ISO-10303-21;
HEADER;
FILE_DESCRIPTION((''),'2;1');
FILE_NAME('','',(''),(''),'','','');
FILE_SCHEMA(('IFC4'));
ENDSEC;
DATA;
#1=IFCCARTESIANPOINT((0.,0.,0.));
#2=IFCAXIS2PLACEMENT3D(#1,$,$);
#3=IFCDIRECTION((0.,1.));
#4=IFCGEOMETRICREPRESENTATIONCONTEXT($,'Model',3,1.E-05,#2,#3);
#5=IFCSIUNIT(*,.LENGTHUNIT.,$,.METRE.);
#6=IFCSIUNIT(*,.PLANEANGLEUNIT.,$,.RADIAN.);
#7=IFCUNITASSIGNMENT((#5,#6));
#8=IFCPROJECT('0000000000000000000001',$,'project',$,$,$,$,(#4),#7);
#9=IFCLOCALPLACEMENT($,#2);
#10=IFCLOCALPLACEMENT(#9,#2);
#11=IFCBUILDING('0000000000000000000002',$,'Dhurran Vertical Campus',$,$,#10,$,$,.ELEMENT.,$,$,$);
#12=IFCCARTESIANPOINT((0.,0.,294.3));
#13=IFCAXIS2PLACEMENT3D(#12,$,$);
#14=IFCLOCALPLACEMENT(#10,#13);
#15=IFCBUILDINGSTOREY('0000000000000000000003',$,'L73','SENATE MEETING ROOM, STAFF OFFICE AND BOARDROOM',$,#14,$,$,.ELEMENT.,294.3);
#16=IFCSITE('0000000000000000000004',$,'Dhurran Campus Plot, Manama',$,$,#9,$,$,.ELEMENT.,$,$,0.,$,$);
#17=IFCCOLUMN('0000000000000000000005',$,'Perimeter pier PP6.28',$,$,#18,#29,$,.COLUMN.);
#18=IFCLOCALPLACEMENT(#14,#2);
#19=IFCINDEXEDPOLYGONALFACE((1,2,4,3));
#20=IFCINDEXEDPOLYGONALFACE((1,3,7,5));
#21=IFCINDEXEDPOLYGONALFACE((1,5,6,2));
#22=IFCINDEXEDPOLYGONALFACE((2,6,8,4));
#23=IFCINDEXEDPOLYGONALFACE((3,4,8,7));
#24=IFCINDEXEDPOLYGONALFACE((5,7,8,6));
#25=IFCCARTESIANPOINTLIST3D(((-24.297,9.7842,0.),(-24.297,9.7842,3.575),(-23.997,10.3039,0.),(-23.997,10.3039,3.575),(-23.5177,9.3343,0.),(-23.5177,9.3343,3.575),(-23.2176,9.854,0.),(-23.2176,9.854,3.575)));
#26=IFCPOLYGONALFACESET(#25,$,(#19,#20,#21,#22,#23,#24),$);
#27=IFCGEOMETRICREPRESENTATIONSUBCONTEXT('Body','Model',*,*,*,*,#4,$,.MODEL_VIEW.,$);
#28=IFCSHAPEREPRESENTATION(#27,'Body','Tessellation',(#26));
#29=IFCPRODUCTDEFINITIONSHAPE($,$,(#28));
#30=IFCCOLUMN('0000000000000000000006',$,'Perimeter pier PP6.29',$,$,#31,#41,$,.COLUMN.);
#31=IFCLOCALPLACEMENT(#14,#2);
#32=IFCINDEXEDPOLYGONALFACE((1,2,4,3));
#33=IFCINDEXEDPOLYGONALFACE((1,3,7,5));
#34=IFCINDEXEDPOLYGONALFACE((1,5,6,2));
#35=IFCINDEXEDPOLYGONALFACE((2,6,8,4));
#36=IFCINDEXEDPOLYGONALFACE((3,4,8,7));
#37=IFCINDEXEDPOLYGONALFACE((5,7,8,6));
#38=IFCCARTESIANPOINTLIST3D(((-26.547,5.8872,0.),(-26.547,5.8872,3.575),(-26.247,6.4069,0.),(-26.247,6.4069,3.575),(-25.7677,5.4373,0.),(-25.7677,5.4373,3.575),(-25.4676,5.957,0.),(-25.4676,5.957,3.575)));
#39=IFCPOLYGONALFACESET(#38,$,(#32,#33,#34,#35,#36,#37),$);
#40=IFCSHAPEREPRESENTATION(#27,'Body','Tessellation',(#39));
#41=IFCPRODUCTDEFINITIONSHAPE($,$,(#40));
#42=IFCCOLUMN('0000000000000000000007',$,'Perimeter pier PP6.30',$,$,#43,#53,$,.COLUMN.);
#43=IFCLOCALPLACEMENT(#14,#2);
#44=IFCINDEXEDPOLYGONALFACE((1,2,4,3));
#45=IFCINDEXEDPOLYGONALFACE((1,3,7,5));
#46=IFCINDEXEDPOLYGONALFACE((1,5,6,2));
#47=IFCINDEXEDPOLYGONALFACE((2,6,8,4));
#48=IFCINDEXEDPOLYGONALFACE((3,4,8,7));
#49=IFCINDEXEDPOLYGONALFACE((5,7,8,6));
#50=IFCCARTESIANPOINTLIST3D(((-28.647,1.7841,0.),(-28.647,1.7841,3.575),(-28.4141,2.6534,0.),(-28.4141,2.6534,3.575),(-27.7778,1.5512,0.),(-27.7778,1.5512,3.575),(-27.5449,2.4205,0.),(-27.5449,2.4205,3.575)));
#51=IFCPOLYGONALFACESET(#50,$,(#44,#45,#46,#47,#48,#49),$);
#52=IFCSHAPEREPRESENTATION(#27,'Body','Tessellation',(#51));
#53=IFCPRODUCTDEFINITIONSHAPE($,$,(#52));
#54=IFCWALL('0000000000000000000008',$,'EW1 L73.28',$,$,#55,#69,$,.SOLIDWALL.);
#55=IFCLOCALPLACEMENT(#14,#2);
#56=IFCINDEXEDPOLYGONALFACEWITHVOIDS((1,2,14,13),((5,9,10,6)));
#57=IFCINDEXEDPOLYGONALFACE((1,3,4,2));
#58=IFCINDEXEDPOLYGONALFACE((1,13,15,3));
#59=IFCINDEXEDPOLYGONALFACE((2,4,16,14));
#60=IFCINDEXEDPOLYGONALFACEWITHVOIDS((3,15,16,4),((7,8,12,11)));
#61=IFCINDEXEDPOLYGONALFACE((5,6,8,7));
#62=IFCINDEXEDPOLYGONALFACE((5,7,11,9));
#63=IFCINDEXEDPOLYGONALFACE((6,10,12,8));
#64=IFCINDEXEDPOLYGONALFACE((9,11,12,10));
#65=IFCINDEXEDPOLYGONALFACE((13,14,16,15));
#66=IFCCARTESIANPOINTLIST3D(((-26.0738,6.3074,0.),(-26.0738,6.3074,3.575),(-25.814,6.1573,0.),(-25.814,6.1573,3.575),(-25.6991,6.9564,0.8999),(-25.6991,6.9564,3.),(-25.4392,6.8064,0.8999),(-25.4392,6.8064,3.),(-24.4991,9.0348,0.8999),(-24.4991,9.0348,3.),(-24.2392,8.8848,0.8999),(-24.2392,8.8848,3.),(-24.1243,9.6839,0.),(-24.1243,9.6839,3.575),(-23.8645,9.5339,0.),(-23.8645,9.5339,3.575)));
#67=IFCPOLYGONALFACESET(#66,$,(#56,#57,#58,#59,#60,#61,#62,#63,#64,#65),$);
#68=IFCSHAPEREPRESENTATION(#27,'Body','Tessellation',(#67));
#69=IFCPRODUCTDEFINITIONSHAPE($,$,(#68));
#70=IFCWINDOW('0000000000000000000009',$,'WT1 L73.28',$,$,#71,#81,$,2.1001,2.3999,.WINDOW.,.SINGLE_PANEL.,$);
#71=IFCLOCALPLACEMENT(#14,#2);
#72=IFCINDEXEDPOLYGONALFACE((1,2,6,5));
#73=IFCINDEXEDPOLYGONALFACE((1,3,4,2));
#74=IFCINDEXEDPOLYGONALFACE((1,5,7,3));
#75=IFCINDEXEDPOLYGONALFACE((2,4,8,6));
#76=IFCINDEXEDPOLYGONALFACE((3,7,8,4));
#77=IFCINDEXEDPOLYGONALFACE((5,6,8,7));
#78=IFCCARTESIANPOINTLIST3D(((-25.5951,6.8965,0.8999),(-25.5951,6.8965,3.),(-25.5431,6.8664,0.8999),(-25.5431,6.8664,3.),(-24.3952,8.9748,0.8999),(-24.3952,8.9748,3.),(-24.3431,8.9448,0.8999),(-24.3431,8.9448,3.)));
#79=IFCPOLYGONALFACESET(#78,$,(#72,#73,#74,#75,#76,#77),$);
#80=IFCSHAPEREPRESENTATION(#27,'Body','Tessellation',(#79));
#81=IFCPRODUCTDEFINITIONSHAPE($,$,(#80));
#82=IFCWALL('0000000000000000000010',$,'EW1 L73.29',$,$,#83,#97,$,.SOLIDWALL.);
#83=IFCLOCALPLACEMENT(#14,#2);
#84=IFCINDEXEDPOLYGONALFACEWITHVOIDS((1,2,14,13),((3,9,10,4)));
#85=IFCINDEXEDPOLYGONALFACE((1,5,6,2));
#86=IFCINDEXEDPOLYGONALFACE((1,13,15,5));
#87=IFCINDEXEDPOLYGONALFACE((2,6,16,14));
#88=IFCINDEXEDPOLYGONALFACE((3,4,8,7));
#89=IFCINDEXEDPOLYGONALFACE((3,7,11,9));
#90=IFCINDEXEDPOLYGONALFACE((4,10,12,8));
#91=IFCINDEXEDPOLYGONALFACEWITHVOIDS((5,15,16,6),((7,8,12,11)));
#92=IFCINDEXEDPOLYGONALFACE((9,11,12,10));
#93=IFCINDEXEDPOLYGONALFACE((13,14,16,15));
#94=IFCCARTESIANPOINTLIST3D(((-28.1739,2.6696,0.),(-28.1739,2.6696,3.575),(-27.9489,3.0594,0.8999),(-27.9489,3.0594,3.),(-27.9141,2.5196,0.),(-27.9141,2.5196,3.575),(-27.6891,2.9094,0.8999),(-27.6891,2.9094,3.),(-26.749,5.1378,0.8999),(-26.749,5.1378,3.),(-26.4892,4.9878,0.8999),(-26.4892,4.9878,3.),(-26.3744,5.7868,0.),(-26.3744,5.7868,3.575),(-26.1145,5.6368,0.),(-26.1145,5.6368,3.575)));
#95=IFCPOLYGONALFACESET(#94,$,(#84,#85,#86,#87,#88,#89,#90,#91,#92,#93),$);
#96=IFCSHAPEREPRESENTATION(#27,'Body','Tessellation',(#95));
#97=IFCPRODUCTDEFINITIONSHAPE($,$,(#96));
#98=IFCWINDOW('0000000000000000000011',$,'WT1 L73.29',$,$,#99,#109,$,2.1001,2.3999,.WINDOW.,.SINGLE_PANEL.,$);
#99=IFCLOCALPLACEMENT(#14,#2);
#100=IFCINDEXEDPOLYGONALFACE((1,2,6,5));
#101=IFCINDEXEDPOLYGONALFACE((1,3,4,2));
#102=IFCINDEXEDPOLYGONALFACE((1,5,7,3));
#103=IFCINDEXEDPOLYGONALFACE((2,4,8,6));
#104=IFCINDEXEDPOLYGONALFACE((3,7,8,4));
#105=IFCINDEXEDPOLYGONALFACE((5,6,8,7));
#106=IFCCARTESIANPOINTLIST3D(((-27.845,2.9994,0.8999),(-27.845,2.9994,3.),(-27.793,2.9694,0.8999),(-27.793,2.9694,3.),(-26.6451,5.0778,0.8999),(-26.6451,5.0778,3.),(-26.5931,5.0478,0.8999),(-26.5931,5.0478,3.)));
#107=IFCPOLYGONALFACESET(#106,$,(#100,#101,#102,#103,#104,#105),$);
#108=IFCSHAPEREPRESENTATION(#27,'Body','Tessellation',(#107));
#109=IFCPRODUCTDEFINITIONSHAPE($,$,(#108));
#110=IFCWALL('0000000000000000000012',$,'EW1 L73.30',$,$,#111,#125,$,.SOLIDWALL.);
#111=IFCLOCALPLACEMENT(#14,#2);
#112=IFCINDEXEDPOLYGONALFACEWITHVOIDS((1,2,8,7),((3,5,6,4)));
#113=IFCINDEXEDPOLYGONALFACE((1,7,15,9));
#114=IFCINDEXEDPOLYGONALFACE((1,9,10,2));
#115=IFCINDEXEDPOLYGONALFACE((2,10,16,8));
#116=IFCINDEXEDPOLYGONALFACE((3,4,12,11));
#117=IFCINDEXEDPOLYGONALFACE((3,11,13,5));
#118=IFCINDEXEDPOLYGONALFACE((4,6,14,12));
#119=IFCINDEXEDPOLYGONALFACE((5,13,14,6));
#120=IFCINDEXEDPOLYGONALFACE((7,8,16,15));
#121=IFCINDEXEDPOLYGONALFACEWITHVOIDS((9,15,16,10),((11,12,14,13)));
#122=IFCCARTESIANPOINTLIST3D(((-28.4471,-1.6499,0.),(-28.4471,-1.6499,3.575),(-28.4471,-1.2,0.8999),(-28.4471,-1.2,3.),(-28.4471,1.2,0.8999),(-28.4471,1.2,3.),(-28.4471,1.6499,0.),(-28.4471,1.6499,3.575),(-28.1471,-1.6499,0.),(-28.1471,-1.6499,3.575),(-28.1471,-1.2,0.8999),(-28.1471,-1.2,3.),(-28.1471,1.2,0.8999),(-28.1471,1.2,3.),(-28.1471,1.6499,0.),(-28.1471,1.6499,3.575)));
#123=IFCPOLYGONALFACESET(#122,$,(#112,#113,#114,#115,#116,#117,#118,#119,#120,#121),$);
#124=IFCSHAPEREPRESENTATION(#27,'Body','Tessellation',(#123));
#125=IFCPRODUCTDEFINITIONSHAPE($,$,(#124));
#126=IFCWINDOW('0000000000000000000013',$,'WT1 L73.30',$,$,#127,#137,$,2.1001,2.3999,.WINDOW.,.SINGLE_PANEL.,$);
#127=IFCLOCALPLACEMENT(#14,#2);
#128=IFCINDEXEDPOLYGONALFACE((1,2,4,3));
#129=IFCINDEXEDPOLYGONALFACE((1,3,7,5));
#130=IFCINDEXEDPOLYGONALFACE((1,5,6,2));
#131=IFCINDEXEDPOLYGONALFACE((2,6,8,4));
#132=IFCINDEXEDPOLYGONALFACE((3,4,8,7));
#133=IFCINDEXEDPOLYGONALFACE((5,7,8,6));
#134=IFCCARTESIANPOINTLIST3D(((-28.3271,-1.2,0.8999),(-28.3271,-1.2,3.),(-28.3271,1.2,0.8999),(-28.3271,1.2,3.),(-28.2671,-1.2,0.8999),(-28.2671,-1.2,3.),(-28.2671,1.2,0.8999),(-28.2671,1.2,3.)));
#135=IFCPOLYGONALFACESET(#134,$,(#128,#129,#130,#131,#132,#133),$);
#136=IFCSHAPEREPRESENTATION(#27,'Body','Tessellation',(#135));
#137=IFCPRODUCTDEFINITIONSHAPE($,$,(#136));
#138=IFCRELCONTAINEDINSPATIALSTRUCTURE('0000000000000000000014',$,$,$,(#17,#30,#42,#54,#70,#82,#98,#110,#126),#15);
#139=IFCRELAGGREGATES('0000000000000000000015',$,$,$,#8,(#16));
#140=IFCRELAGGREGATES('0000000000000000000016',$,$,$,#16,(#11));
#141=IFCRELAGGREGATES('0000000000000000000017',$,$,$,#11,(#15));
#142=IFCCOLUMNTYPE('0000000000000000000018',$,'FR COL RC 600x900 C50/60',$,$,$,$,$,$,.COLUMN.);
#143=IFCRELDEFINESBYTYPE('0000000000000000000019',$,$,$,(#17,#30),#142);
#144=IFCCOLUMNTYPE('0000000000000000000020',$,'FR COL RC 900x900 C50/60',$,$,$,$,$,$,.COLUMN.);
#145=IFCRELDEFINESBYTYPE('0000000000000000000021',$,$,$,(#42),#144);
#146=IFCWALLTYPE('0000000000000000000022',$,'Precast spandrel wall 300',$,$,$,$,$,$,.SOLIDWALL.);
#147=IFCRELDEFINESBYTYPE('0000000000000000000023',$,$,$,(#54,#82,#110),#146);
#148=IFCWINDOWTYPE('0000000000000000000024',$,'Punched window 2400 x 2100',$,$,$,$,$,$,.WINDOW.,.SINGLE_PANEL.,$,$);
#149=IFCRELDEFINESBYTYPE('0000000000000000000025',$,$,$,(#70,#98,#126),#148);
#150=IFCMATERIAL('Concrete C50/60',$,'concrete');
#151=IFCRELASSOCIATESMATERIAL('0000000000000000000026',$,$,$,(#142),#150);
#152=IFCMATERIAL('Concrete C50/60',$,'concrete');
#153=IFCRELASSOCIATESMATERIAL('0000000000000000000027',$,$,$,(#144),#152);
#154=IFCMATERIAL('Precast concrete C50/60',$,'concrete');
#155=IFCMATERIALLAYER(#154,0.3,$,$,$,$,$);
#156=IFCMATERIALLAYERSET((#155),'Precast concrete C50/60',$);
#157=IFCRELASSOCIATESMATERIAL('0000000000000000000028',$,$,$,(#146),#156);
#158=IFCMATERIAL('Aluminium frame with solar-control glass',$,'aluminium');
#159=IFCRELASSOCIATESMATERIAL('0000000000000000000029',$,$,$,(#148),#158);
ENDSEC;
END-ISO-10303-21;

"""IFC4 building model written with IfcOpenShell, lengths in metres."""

from ifc_helpers import new_model, si_unit, direction, frame, frame_2d, origin, origin_2d, place, context, subcontext, project, spatial, rectangle, extrude, material, layer, layer_set, material_profile, profile_set, type_object, element, fill, save


model = new_model("IFC4")

# Units and contexts
model_context = context("Model", 3, precision=1e-05, world=origin(), true_north=direction((0.0, 1.0)))
body_context = subcontext(model_context, "Body", "Model", "MODEL_VIEW")
ifc_project = project(units=[si_unit("LENGTHUNIT", "METRE"), si_unit("PLANEANGLEUNIT", "RADIAN")], contexts=[model_context])

# Site, building, storey
site_placement = place(None, origin())
site = spatial("IfcSite", under=ifc_project, at=site_placement, Name="Dhurran Campus Plot, Manama", CompositionType="ELEMENT", RefElevation=0.0)
building_placement = place(site_placement, origin())
building = spatial("IfcBuilding", under=site, at=building_placement, Name="Dhurran Vertical Campus", CompositionType="ELEMENT")
storey_placement = place(building_placement, frame((0.0, 0.0, 294.3)))
storey = spatial("IfcBuildingStorey", under=building, at=storey_placement, Name="L73", Description="SENATE MEETING ROOM, STAFF OFFICE AND BOARDROOM", CompositionType="ELEMENT", Elevation=294.3)

# Columns
ifc_material_1 = material(Name="Concrete C50/60", Category="concrete")
ifc_material_profile_1 = material_profile(ifc_material_1, rectangle(XDim=0.6001, YDim=0.8999, at=origin_2d()), Name="RC 600x900")
ifc_profile_set_1 = profile_set([ifc_material_profile_1], Name="Concrete C50/60")
column_type_1 = type_object("IfcColumnType", Name="FR COL RC 600x900 C50/60", PredefinedType="COLUMN", material=ifc_profile_set_1)
for number, where, z_axis, x_axis, name in (
    (1, (-23.7573, 9.8191, 0.0), (0.0, 0.0, 1.0), (-0.5, -0.866025, 0.0), "Perimeter pier PP6.28"),
    (2, (-26.0073, 5.9221, 0.0), (0.0, 0.0, 1.0), (-0.5, -0.866025, 0.0), "Perimeter pier PP6.29"),
):
    element("IfcColumn", number, at=place(storey_placement, frame(where, z_axis=z_axis, x_axis=x_axis)), inside=storey, type_object=column_type_1, Name=name, PredefinedType="COLUMN", context=body_context, shape_type="SweptSolid", body=[
        extrude(rectangle(XDim=0.6001, YDim=0.8999, at=origin_2d()), origin(), (0.0, 0.0, 1.0), 3.575),
    ])
ifc_material_2 = material(Name="Concrete C50/60", Category="concrete")
ifc_material_profile_2 = material_profile(ifc_material_2, rectangle(XDim=0.8999, YDim=0.8999, at=origin_2d()), Name="RC 900x900")
ifc_profile_set_2 = profile_set([ifc_material_profile_2], Name="Concrete C50/60")
column_type_2 = type_object("IfcColumnType", Name="FR COL RC 900x900 C50/60", PredefinedType="COLUMN", material=ifc_profile_set_2)
column_placement = place(storey_placement, frame((-28.0959, 2.1023, 0.0), z_axis=(0.0, 0.0, 1.0), x_axis=(-0.258819, -0.965926, 0.0)))
element("IfcColumn", 3, at=column_placement, inside=storey, type_object=column_type_2, Name="Perimeter pier PP6.30", PredefinedType="COLUMN", context=body_context, shape_type="SweptSolid", body=[
    extrude(rectangle(XDim=0.8999, YDim=0.8999, at=origin_2d()), origin(), (0.0, 0.0, 1.0), 3.575),
])

# Walls, openings, windows
ifc_material_3 = material(Name="Precast concrete C50/60", Category="concrete")
ifc_layer_1 = layer(ifc_material_3, 0.3)
ifc_layer_set_1 = layer_set([ifc_layer_1], Name="Precast concrete C50/60")
wall_type_1 = type_object("IfcWallType", Name="Precast spandrel wall 300", PredefinedType="SOLIDWALL", material=ifc_layer_set_1)
wall_1_placement = place(storey_placement, frame((-23.9944, 9.6089, 0.0), z_axis=(0.0, 0.0, 1.0), x_axis=(-0.500012, -0.866019, 0.0)))
wall_1 = element("IfcWall", 4, at=wall_1_placement, inside=storey, type_object=wall_type_1, Name="EW1 L73.28", PredefinedType="SOLIDWALL", context=body_context, shape_type="SweptSolid", body=[
    extrude(rectangle(XDim=3.8989, YDim=0.3, at=frame_2d((1.9495, 0.0))), origin(), (0.0, 0.0, 1.0), 3.575),
])
opening_1_placement = place(wall_1_placement, frame((0.7495, 0.0, 0.8999)))
opening_1 = element("IfcOpeningElement", 5, at=opening_1_placement, cuts=wall_1, PredefinedType="OPENING", context=body_context, shape_type="SweptSolid", body=[
    extrude(rectangle(XDim=2.3999, YDim=2.1001, at=frame_2d((1.2, 1.05))), frame((0.0, 0.1599, 0.0), z_axis=(0.0, -1.0, 0.0), x_axis=(1.0, 0.0, 0.0)), (0.0, 0.0, 1.0), 0.3201),
])
ifc_material_4 = material(Name="Aluminium frame with solar-control glass", Category="aluminium")
window_type = type_object("IfcWindowType", Name="Punched window 2400 x 2100", PartitioningType="SINGLE_PANEL", PredefinedType="WINDOW", material=ifc_material_4)
window_1_placement = place(opening_1_placement, origin())
window_1 = element("IfcWindow", 6, at=window_1_placement, inside=storey, type_object=window_type, Name="WT1 L73.28", OverallHeight=2.1001, OverallWidth=2.3999, PartitioningType="SINGLE_PANEL", PredefinedType="WINDOW", context=body_context, shape_type="SweptSolid", body=[
    extrude(rectangle(XDim=2.3999, YDim=2.1001, at=frame_2d((1.2, 1.05))), frame((0.0, 0.03, 0.0), z_axis=(0.0, -1.0, 0.0), x_axis=(1.0, 0.0, 0.0)), (0.0, 0.0, 1.0), 0.0601),
])
fill(opening_1, window_1)
wall_2_placement = place(storey_placement, frame((-26.2444, 5.7119, 0.0), z_axis=(0.0, 0.0, 1.0), x_axis=(-0.499969, -0.866043, 0.0)))
wall_2 = element("IfcWall", 7, at=wall_2_placement, inside=storey, type_object=wall_type_1, Name="EW1 L73.29", PredefinedType="SOLIDWALL", context=body_context, shape_type="SweptSolid", body=[
    extrude(rectangle(XDim=3.5994, YDim=0.3, at=frame_2d((1.7998, 0.0))), origin(), (0.0, 0.0, 1.0), 3.575),
])
opening_2_placement = place(wall_2_placement, frame((0.7495, 0.0, 0.8999)))
opening_2 = element("IfcOpeningElement", 8, at=opening_2_placement, cuts=wall_2, PredefinedType="OPENING", context=body_context, shape_type="SweptSolid", body=[
    extrude(rectangle(XDim=2.3999, YDim=2.1001, at=frame_2d((1.2, 1.05))), frame((0.0, 0.1599, 0.0), z_axis=(0.0, -1.0, 0.0), x_axis=(1.0, 0.0, 0.0)), (0.0, 0.0, 1.0), 0.3201),
])
window_2_placement = place(opening_2_placement, origin())
window_2 = element("IfcWindow", 9, at=window_2_placement, inside=storey, type_object=window_type, Name="WT1 L73.29", OverallHeight=2.1001, OverallWidth=2.3999, PartitioningType="SINGLE_PANEL", PredefinedType="WINDOW", context=body_context, shape_type="SweptSolid", body=[
    extrude(rectangle(XDim=2.3999, YDim=2.1001, at=frame_2d((1.2, 1.05))), frame((0.0, 0.03, 0.0), z_axis=(0.0, -1.0, 0.0), x_axis=(1.0, 0.0, 0.0)), (0.0, 0.0, 1.0), 0.0601),
])
fill(opening_2, window_2)
wall_3_placement = place(storey_placement, frame((-28.2971, 1.6499, 0.0), z_axis=(0.0, 0.0, 1.0), x_axis=(0.0, -1.0, 0.0)))
wall_3 = element("IfcWall", 10, at=wall_3_placement, inside=storey, type_object=wall_type_1, Name="EW1 L73.30", PredefinedType="SOLIDWALL", context=body_context, shape_type="SweptSolid", body=[
    extrude(rectangle(XDim=3.2998, YDim=0.3, at=frame_2d((1.6499, 0.0))), origin(), (0.0, 0.0, 1.0), 3.575),
])
opening_3_placement = place(wall_3_placement, frame((0.45, 0.0, 0.8999)))
opening_3 = element("IfcOpeningElement", 11, at=opening_3_placement, cuts=wall_3, PredefinedType="OPENING", context=body_context, shape_type="SweptSolid", body=[
    extrude(rectangle(XDim=2.3999, YDim=2.1001, at=frame_2d((1.2, 1.05))), frame((0.0, 0.1599, 0.0), z_axis=(0.0, -1.0, 0.0), x_axis=(1.0, 0.0, 0.0)), (0.0, 0.0, 1.0), 0.3201),
])
window_3_placement = place(opening_3_placement, origin())
window_3 = element("IfcWindow", 12, at=window_3_placement, inside=storey, type_object=window_type, Name="WT1 L73.30", OverallHeight=2.1001, OverallWidth=2.3999, PartitioningType="SINGLE_PANEL", PredefinedType="WINDOW", context=body_context, shape_type="SweptSolid", body=[
    extrude(rectangle(XDim=2.3999, YDim=2.1001, at=frame_2d((1.2, 1.05))), frame((0.0, 0.03, 0.0), z_axis=(0.0, -1.0, 0.0), x_axis=(1.0, 0.0, 0.0)), (0.0, 0.0, 1.0), 0.0601),
])
fill(opening_3, window_3)

save(model, "model.ifc")
